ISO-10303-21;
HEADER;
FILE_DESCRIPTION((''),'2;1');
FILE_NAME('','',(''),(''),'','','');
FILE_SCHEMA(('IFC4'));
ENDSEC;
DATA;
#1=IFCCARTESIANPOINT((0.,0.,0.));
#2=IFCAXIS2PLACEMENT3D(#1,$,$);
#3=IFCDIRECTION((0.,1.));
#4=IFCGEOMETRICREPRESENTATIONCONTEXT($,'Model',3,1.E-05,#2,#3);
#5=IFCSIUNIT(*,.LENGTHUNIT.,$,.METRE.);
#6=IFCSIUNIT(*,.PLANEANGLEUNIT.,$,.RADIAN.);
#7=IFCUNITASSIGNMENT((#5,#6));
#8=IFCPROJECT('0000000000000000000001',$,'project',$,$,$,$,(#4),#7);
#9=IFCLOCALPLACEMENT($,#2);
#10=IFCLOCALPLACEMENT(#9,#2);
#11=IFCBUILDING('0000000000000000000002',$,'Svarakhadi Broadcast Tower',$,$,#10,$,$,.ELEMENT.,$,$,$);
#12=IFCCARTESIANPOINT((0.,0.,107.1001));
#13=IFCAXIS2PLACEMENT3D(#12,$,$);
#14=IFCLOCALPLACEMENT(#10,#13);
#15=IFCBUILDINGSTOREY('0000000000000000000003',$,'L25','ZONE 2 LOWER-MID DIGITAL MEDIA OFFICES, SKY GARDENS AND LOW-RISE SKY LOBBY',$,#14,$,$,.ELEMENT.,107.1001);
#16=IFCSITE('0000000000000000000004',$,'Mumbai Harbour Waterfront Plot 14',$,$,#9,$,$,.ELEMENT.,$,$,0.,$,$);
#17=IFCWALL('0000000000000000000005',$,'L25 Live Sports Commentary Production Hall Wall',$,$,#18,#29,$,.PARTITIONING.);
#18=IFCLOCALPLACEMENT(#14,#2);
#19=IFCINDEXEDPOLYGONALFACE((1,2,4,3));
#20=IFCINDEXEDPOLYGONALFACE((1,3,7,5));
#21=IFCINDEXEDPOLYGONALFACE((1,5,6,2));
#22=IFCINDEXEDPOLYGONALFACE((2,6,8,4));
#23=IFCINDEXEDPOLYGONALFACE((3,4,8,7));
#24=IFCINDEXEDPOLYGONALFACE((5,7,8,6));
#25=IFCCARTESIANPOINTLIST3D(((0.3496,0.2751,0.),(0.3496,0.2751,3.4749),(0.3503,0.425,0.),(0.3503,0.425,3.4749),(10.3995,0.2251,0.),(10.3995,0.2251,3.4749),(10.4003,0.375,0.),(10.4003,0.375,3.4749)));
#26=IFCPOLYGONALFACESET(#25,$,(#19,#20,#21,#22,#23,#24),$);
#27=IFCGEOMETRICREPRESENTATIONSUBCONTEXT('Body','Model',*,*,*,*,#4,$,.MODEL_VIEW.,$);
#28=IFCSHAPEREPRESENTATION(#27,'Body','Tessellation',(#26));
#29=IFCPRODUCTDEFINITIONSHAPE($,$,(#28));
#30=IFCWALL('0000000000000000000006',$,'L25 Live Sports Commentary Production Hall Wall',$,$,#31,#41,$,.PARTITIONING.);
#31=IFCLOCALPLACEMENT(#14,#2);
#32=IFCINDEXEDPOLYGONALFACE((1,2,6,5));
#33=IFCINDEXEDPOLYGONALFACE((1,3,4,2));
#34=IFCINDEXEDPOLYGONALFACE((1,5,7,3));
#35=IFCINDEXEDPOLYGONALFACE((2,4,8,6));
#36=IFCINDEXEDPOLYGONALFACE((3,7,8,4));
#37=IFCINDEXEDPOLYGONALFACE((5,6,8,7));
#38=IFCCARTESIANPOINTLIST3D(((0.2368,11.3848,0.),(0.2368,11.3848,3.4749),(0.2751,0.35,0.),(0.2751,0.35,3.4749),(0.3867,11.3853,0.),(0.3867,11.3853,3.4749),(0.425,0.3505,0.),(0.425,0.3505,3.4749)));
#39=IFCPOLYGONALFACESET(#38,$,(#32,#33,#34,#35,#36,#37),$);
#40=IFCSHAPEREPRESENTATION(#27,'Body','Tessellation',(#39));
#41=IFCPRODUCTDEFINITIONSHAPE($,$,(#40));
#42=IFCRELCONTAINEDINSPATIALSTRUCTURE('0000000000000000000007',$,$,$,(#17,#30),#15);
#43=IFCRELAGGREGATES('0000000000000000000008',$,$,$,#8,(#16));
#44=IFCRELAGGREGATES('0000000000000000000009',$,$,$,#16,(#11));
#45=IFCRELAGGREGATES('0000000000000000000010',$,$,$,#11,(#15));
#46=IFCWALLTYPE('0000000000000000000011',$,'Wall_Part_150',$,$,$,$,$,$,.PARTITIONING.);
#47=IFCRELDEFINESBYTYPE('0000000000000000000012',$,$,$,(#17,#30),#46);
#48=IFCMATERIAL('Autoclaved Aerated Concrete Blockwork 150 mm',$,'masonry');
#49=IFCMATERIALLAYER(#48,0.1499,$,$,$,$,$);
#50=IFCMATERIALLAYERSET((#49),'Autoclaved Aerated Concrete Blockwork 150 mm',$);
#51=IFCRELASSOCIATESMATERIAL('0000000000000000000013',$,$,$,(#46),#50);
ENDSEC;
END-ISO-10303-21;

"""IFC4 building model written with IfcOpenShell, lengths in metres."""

from ifc_helpers import new_model, si_unit, direction, frame, frame_2d, origin, place, context, subcontext, project, spatial, rectangle, extrude, material, layer, layer_set, type_object, element, save


model = new_model("IFC4")

# Units and contexts
model_context = context("Model", 3, precision=1e-05, world=origin(), true_north=direction((0.0, 1.0)))
body_context = subcontext(model_context, "Body", "Model", "MODEL_VIEW")
ifc_project = project(units=[si_unit("LENGTHUNIT", "METRE"), si_unit("PLANEANGLEUNIT", "RADIAN")], contexts=[model_context])

# Site, building, storey
site_placement = place(None, origin())
site = spatial("IfcSite", under=ifc_project, at=site_placement, Name="Mumbai Harbour Waterfront Plot 14", CompositionType="ELEMENT", RefElevation=0.0)
building_placement = place(site_placement, origin())
building = spatial("IfcBuilding", under=site, at=building_placement, Name="Svarakhadi Broadcast Tower", CompositionType="ELEMENT")
storey_placement = place(building_placement, frame((0.0, 0.0, 107.1001)))
storey = spatial("IfcBuildingStorey", under=building, at=storey_placement, Name="L25", Description="ZONE 2 LOWER-MID DIGITAL MEDIA OFFICES, SKY GARDENS AND LOW-RISE SKY LOBBY", CompositionType="ELEMENT", Elevation=107.1001)

# Walls
ifc_material_1 = material(Name="Autoclaved Aerated Concrete Blockwork 150 mm", Category="masonry")
ifc_layer_1 = layer(ifc_material_1, 0.1499)
ifc_layer_set_1 = layer_set([ifc_layer_1], Name="Autoclaved Aerated Concrete Blockwork 150 mm")
wall_type = type_object("IfcWallType", Name="Wall_Part_150", PredefinedType="PARTITIONING", material=ifc_layer_set_1)
wall_1_placement = place(storey_placement, frame((0.3501, 0.3501, 0.0), z_axis=(0.0, 0.0, 1.0), x_axis=(0.999988, -0.00498, 0.0)))
element("IfcWall", 1, at=wall_1_placement, inside=storey, type_object=wall_type, Name="L25 Live Sports Commentary Production Hall Wall", PredefinedType="PARTITIONING", context=body_context, shape_type="SweptSolid", body=[
    extrude(rectangle(XDim=10.05, YDim=0.1499, at=frame_2d((5.0249, 0.0))), origin(), (0.0, 0.0, 1.0), 3.4749),
])
wall_2_placement = place(storey_placement, frame((0.3501, 0.3501, 0.0), z_axis=(0.0, 0.0, 1.0), x_axis=(-0.003474, 0.999994, 0.0)))
element("IfcWall", 2, at=wall_2_placement, inside=storey, type_object=wall_type, Name="L25 Live Sports Commentary Production Hall Wall", PredefinedType="PARTITIONING", context=body_context, shape_type="SweptSolid", body=[
    extrude(rectangle(XDim=11.0349, YDim=0.1499, at=frame_2d((5.5176, 0.0))), origin(), (0.0, 0.0, 1.0), 3.4749),
])

save(model, "model.ifc")
